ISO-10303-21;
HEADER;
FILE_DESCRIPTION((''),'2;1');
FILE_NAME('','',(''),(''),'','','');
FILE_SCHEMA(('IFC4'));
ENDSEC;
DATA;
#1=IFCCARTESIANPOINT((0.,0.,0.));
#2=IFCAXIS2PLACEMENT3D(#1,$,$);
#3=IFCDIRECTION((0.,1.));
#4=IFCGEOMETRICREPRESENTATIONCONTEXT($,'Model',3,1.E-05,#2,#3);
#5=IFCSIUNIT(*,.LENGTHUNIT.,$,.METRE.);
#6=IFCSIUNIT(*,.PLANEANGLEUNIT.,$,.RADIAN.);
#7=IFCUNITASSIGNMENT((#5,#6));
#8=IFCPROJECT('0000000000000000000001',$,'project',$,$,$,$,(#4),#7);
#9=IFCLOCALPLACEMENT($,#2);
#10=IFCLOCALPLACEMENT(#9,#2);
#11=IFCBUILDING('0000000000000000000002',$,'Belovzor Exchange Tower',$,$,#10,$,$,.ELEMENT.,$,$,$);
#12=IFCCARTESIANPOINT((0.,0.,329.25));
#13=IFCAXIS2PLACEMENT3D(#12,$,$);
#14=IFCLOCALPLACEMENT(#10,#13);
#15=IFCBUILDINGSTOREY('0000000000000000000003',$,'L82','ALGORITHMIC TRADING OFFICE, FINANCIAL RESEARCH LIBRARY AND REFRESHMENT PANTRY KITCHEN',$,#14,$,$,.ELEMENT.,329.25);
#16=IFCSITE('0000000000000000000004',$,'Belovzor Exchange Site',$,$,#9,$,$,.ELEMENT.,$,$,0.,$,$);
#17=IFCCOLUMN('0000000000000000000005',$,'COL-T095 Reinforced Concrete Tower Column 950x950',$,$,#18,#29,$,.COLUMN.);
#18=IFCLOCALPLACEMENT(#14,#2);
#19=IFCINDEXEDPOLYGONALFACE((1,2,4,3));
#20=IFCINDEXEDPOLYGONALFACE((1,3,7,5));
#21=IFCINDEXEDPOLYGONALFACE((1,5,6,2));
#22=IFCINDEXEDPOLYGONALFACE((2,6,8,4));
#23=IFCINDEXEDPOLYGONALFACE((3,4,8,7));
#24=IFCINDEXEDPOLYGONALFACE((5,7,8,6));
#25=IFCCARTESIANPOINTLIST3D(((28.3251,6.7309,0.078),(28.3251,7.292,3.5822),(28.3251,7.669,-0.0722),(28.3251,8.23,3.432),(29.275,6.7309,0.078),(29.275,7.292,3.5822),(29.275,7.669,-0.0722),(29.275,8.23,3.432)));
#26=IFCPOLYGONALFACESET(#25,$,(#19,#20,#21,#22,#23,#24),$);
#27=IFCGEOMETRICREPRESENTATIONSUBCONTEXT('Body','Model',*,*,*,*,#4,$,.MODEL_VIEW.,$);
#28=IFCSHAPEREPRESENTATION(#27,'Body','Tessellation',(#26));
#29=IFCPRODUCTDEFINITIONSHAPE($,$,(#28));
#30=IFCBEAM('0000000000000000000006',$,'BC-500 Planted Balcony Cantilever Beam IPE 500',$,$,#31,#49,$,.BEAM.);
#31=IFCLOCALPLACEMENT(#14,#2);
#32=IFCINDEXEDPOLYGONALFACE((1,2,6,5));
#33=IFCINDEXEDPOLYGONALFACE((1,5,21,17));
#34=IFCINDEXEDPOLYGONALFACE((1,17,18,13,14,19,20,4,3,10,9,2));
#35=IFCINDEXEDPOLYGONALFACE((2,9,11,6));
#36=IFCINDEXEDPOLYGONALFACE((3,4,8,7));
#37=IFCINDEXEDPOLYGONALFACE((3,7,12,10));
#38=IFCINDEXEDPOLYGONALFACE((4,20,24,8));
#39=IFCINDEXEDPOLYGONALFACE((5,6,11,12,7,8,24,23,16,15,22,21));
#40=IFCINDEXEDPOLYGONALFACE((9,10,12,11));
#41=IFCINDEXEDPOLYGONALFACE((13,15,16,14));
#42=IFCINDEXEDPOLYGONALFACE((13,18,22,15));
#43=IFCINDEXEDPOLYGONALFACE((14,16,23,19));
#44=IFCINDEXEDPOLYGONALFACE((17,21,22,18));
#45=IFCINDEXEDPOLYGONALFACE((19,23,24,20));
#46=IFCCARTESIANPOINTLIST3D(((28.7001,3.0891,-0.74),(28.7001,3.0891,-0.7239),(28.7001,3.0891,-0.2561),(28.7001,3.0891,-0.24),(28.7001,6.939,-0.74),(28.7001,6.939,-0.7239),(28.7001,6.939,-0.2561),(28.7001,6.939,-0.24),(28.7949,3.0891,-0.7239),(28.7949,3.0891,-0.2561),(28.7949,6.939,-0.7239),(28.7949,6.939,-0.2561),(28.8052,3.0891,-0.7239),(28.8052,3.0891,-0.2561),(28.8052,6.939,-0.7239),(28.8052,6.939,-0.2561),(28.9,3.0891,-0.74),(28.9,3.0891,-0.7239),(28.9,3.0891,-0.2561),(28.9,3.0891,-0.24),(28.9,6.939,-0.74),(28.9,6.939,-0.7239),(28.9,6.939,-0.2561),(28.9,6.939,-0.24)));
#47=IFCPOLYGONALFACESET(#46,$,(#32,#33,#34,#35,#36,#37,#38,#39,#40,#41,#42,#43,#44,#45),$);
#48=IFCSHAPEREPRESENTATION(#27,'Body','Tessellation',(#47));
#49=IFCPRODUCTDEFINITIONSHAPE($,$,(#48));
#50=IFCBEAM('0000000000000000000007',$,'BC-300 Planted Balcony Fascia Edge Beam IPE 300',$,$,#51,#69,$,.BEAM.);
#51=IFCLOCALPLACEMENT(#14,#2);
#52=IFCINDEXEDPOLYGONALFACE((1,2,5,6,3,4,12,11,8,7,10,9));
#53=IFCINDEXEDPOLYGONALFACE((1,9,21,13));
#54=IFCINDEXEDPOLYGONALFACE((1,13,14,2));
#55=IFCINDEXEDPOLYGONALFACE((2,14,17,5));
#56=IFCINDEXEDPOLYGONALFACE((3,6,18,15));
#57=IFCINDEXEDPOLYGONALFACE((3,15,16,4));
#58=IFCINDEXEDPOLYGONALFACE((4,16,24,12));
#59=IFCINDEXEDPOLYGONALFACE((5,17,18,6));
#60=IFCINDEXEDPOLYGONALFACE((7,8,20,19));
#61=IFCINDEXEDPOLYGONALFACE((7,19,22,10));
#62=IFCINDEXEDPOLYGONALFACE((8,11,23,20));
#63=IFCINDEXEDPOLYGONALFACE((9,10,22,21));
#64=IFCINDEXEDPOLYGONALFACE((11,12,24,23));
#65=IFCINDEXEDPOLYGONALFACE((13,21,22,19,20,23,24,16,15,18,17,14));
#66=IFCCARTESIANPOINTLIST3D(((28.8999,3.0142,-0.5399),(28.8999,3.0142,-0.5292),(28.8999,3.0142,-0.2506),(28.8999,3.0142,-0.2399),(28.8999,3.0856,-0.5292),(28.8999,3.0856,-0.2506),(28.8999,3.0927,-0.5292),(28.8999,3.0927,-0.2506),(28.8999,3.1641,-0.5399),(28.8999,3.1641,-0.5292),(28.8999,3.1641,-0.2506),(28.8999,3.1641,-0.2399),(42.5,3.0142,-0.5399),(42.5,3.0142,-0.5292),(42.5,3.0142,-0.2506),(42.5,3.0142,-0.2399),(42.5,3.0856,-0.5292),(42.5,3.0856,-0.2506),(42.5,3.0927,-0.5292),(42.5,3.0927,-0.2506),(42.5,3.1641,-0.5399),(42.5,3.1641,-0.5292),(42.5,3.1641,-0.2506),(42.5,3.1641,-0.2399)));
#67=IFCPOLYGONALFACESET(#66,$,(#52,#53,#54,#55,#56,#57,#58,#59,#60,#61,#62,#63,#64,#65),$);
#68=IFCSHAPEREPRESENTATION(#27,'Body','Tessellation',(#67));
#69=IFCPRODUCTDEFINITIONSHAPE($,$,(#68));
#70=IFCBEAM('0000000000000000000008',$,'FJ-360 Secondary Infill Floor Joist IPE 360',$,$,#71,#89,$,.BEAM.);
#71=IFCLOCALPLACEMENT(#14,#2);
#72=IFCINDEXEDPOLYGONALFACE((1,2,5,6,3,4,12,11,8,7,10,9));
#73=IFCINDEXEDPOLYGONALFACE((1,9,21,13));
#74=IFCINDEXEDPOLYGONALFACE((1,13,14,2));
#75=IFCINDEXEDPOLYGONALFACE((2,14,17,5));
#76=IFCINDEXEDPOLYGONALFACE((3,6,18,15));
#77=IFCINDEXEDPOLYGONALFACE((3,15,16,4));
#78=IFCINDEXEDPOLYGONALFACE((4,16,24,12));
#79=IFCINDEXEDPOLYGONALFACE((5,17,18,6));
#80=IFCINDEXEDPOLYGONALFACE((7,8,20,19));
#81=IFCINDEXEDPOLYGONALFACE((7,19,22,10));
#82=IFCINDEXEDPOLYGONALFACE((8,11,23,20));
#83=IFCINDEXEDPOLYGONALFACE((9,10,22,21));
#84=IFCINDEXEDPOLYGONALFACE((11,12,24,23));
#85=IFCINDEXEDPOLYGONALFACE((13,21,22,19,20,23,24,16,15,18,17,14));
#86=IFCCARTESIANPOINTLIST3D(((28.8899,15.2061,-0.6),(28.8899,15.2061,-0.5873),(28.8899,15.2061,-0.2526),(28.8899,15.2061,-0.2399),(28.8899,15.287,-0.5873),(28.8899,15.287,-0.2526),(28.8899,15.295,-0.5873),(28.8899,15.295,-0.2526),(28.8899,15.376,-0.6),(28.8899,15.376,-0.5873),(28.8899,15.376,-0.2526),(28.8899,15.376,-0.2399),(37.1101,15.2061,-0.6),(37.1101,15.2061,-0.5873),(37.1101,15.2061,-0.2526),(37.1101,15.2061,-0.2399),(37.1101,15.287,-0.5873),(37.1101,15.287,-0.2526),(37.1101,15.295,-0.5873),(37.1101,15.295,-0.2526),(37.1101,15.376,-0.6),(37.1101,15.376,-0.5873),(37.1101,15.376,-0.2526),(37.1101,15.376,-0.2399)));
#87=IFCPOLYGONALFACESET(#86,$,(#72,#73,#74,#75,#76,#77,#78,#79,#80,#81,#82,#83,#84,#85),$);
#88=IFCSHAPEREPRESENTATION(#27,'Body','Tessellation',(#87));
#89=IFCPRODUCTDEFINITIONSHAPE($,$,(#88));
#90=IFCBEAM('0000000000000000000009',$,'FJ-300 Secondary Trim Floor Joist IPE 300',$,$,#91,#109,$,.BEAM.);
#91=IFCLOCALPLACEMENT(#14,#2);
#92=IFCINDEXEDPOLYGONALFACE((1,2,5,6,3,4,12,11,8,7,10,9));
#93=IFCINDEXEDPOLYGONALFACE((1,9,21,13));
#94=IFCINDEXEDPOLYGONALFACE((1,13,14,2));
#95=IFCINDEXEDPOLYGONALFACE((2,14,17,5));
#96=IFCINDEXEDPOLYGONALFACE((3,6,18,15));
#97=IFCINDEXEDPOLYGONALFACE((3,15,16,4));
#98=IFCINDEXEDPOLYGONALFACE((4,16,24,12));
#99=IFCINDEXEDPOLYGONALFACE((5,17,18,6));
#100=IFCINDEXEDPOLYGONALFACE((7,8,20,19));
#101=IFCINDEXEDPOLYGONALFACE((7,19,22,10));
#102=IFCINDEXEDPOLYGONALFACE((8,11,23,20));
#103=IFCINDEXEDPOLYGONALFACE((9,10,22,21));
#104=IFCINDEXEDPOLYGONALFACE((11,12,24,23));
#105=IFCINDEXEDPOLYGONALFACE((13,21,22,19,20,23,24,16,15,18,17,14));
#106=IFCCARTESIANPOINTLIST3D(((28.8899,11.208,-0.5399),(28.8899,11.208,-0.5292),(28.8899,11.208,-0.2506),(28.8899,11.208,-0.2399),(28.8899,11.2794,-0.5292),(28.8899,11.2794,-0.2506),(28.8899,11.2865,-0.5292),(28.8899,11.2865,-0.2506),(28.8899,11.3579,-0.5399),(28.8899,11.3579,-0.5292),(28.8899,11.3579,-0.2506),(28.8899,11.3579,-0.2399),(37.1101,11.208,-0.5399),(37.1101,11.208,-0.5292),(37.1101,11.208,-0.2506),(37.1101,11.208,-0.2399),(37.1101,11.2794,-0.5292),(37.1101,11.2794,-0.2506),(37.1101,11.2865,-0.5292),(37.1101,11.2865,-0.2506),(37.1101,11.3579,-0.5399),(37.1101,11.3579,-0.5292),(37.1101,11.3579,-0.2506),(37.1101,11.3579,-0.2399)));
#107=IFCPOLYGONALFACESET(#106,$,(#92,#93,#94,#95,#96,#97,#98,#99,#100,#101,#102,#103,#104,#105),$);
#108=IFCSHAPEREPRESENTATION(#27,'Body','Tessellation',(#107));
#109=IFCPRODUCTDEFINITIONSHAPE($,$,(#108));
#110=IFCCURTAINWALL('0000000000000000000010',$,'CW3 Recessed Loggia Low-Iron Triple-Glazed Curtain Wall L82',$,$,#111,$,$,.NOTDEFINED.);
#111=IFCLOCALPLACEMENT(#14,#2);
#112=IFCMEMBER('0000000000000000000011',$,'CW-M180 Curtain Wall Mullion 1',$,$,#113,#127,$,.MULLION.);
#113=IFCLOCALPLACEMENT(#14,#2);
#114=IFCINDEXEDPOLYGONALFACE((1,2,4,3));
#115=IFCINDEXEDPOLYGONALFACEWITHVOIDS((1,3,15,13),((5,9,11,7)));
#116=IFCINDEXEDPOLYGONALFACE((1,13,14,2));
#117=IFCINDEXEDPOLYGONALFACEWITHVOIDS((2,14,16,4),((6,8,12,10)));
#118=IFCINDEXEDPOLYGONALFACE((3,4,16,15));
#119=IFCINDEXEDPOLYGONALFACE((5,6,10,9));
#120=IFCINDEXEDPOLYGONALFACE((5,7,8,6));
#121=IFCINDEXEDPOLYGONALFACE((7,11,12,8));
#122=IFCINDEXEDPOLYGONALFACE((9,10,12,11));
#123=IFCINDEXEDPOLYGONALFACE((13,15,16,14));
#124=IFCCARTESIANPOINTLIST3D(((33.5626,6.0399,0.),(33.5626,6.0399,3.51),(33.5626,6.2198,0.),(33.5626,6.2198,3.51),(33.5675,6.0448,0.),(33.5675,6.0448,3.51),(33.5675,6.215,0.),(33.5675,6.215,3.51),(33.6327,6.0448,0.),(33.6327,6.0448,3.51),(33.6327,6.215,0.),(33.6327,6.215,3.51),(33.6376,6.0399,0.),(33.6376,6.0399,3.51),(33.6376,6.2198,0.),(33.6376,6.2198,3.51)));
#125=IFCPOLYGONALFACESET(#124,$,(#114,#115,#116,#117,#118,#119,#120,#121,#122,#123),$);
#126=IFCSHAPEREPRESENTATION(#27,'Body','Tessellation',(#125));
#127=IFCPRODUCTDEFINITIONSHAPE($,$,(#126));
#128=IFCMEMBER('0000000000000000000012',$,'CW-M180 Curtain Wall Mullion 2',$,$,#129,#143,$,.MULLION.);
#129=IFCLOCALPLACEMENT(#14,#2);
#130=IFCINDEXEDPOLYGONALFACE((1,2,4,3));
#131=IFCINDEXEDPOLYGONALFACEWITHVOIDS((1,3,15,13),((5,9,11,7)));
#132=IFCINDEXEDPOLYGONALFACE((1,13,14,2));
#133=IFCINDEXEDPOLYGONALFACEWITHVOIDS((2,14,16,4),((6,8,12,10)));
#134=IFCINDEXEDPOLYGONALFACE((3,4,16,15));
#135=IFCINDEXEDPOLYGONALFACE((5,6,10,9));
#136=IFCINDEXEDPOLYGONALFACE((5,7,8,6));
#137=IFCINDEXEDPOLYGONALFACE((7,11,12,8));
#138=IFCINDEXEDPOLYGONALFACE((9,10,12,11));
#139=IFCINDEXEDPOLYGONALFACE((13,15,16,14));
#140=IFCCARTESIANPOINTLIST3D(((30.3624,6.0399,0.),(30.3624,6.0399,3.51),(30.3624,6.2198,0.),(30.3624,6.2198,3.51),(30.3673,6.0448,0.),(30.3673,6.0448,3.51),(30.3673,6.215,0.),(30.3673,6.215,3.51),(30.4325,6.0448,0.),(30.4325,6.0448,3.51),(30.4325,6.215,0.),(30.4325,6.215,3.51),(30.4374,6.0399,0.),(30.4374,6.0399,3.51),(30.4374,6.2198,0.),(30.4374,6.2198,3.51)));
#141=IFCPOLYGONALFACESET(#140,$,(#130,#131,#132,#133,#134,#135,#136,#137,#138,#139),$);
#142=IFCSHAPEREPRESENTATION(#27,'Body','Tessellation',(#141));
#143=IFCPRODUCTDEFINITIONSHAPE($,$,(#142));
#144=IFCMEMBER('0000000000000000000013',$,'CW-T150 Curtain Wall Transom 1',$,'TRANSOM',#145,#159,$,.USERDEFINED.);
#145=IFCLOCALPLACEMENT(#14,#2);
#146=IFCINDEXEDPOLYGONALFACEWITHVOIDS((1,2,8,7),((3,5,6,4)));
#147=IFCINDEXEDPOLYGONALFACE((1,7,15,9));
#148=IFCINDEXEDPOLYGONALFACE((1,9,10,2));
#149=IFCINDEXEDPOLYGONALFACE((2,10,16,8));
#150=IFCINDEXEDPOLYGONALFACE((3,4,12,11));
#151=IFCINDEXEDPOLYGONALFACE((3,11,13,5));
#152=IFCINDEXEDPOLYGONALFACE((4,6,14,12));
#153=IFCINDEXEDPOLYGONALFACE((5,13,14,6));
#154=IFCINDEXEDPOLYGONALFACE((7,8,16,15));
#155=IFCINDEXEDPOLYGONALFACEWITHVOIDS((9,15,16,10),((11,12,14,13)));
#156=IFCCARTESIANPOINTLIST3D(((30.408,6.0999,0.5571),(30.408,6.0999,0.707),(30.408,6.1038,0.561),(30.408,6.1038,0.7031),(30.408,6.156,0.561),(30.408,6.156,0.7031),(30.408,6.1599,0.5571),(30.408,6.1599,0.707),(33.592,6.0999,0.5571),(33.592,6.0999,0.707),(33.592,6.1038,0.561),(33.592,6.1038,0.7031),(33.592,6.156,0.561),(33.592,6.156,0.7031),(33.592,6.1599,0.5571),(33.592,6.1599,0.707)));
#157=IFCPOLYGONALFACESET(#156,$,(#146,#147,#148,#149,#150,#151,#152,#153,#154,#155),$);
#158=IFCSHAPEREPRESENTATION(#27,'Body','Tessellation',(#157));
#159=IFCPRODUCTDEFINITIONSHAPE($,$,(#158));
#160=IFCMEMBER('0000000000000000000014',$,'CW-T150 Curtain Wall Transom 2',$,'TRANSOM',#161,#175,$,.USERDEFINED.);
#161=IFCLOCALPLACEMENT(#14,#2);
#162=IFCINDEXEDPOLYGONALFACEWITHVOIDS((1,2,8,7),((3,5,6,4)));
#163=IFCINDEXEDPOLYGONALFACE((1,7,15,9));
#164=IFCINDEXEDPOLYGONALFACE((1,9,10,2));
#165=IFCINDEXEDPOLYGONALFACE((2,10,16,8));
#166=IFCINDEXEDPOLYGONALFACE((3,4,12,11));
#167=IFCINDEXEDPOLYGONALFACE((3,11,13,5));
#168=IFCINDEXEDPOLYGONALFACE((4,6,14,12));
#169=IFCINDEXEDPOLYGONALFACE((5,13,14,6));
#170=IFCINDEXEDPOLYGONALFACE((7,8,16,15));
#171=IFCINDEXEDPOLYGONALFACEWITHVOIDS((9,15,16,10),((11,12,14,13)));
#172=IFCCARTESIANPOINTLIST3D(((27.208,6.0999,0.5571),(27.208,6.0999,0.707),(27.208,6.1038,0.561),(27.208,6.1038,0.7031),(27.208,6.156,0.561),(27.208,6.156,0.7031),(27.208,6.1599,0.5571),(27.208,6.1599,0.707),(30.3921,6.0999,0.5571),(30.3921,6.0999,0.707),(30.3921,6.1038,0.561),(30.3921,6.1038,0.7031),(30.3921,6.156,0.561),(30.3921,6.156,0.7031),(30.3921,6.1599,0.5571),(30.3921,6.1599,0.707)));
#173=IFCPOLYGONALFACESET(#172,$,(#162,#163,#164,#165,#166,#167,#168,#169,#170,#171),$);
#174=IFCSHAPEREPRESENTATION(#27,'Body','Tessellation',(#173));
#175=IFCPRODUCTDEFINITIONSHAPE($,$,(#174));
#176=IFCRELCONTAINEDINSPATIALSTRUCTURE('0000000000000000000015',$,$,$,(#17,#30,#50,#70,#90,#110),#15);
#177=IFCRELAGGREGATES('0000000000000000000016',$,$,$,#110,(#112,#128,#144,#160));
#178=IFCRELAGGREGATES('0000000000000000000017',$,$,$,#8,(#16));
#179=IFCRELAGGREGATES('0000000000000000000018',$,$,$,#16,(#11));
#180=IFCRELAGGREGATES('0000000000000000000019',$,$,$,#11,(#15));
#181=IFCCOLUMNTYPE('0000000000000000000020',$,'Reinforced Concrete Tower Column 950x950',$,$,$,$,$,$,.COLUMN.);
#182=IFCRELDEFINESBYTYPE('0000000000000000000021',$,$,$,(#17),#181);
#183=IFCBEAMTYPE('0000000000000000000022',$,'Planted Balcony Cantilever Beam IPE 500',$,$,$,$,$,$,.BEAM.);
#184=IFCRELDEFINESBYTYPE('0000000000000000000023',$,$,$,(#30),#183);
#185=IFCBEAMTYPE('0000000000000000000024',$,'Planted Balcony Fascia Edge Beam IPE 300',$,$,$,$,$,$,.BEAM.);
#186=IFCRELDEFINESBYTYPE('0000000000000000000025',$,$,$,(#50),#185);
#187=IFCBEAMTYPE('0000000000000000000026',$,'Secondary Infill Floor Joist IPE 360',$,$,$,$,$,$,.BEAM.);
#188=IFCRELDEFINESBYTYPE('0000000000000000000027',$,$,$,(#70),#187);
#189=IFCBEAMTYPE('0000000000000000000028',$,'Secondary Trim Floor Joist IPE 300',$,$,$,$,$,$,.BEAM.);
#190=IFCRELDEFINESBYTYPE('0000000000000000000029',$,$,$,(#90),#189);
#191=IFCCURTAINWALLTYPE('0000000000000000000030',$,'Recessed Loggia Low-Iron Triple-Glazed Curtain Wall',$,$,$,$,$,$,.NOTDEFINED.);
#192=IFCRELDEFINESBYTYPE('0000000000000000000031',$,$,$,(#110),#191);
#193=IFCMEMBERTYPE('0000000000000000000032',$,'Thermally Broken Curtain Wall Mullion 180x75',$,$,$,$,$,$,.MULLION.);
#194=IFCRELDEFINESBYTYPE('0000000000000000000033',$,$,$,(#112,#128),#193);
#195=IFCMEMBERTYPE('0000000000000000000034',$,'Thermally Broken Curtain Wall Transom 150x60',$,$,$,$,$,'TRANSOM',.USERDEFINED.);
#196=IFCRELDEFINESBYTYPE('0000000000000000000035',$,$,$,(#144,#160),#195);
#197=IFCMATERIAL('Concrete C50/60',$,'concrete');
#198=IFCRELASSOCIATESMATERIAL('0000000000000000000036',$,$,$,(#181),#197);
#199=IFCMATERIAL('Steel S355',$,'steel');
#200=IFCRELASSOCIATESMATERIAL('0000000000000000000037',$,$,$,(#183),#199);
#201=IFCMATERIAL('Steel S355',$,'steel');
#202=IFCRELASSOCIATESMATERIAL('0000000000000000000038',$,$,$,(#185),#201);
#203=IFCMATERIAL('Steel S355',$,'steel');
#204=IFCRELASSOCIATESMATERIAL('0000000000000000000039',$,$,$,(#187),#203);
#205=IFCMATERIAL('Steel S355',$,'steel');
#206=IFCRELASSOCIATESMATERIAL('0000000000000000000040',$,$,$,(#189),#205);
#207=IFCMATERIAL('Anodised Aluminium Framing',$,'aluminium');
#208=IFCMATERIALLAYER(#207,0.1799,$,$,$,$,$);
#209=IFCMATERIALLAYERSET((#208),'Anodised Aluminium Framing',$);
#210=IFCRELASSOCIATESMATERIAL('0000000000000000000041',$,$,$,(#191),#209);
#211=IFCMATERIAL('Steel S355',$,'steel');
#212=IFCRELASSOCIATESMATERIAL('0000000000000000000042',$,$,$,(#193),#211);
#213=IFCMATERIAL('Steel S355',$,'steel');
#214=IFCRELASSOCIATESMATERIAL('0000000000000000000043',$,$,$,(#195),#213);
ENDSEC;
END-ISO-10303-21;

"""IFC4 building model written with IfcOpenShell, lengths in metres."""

from ifc_helpers import new_model, si_unit, direction, frame, origin, origin_2d, place, context, subcontext, project, spatial, rectangle, hollow_rectangle, i_section, extrude, material, layer, layer_set, material_profile, profile_set, type_object, element, aggregate, save


model = new_model("IFC4")

# Units and contexts
model_context = context("Model", 3, precision=1e-05, world=origin(), true_north=direction((0.0, 1.0)))
body_context = subcontext(model_context, "Body", "Model", "MODEL_VIEW")
ifc_project = project(units=[si_unit("LENGTHUNIT", "METRE"), si_unit("PLANEANGLEUNIT", "RADIAN")], contexts=[model_context])

# Site, building, storey
site_placement = place(None, origin())
site = spatial("IfcSite", under=ifc_project, at=site_placement, Name="Belovzor Exchange Site", CompositionType="ELEMENT", RefElevation=0.0)
building_placement = place(site_placement, origin())
building = spatial("IfcBuilding", under=site, at=building_placement, Name="Belovzor Exchange Tower", CompositionType="ELEMENT")
storey_placement = place(building_placement, frame((0.0, 0.0, 329.25)))
storey = spatial("IfcBuildingStorey", under=building, at=storey_placement, Name="L82", Description="ALGORITHMIC TRADING OFFICE, FINANCIAL RESEARCH LIBRARY AND REFRESHMENT PANTRY KITCHEN", CompositionType="ELEMENT", Elevation=329.25)

# Column
ifc_material_1 = material(Name="Concrete C50/60", Category="concrete")
ifc_material_profile_1 = material_profile(ifc_material_1, rectangle(XDim=0.95, YDim=0.95, at=origin_2d()))
ifc_profile_set_1 = profile_set([ifc_material_profile_1], Name="Concrete C50/60")
column_type = type_object("IfcColumnType", Name="Reinforced Concrete Tower Column 950x950", PredefinedType="COLUMN", material=ifc_profile_set_1)
column_placement = place(storey_placement, frame((28.8, 7.2, 0.0029), z_axis=(0.0, 0.158092, 0.987424), x_axis=(-1.0, 0.0, 0.0)))
element("IfcColumn", 1, at=column_placement, inside=storey, type_object=column_type, Name="COL-T095 Reinforced Concrete Tower Column 950x950", PredefinedType="COLUMN", context=body_context, shape_type="SweptSolid", body=[
    extrude(rectangle(XDim=0.95, YDim=0.95, at=origin_2d()), origin(), (0.0, 0.0, 1.0), 3.5488),
])

# Beams
ifc_material_2 = material(Name="Steel S355", Category="steel")
ifc_material_profile_2 = material_profile(ifc_material_2, i_section(OverallWidth=0.2, OverallDepth=0.5, WebThickness=0.0103, FlangeThickness=0.0161, at=origin_2d()))
ifc_profile_set_2 = profile_set([ifc_material_profile_2], Name="Steel S355")
beam_type_1 = type_object("IfcBeamType", Name="Planted Balcony Cantilever Beam IPE 500", PredefinedType="BEAM", material=ifc_profile_set_2)
beam_1_placement = place(storey_placement, frame((28.8, 6.939, -0.49), z_axis=(0.0, -1.0, 0.0), x_axis=(1.0, 0.0, 0.0)))
element("IfcBeam", 2, at=beam_1_placement, inside=storey, type_object=beam_type_1, Name="BC-500 Planted Balcony Cantilever Beam IPE 500", PredefinedType="BEAM", context=body_context, shape_type="SweptSolid", body=[
    extrude(i_section(OverallWidth=0.2, OverallDepth=0.5, WebThickness=0.0103, FlangeThickness=0.0161, at=origin_2d()), origin(), (0.0, 0.0, 1.0), 3.8499),
])
ifc_material_3 = material(Name="Steel S355", Category="steel")
ifc_material_profile_3 = material_profile(ifc_material_3, i_section(OverallWidth=0.1499, OverallDepth=0.3, WebThickness=0.0071, FlangeThickness=0.0107, at=origin_2d()))
ifc_profile_set_3 = profile_set([ifc_material_profile_3], Name="Steel S355")
beam_type_2 = type_object("IfcBeamType", Name="Planted Balcony Fascia Edge Beam IPE 300", PredefinedType="BEAM", material=ifc_profile_set_3)
beam_2_placement = place(storey_placement, frame((28.8999, 3.0891, -0.3899), z_axis=(1.0, 0.0, 0.0), x_axis=(0.0, 1.0, 0.0)))
element("IfcBeam", 3, at=beam_2_placement, inside=storey, type_object=beam_type_2, Name="BC-300 Planted Balcony Fascia Edge Beam IPE 300", PredefinedType="BEAM", context=body_context, shape_type="SweptSolid", body=[
    extrude(i_section(OverallWidth=0.1499, OverallDepth=0.3, WebThickness=0.0071, FlangeThickness=0.0107, at=origin_2d()), origin(), (0.0, 0.0, 1.0), 13.6001),
])
ifc_material_4 = material(Name="Steel S355", Category="steel")
ifc_material_profile_4 = material_profile(ifc_material_4, i_section(OverallWidth=0.1699, OverallDepth=0.3601, WebThickness=0.0081, FlangeThickness=0.0127, at=origin_2d()))
ifc_profile_set_4 = profile_set([ifc_material_profile_4], Name="Steel S355")
beam_type_3 = type_object("IfcBeamType", Name="Secondary Infill Floor Joist IPE 360", PredefinedType="BEAM", material=ifc_profile_set_4)
beam_3_placement = place(storey_placement, frame((28.8899, 15.291, -0.4199), z_axis=(1.0, 0.0, 0.0), x_axis=(0.0, 1.0, 0.0)))
element("IfcBeam", 4, at=beam_3_placement, inside=storey, type_object=beam_type_3, Name="FJ-360 Secondary Infill Floor Joist IPE 360", PredefinedType="BEAM", context=body_context, shape_type="SweptSolid", body=[
    extrude(i_section(OverallWidth=0.1699, OverallDepth=0.3601, WebThickness=0.0081, FlangeThickness=0.0127, at=origin_2d()), origin(), (0.0, 0.0, 1.0), 8.2202),
])
ifc_material_5 = material(Name="Steel S355", Category="steel")
ifc_material_profile_5 = material_profile(ifc_material_5, i_section(OverallWidth=0.1499, OverallDepth=0.3, WebThickness=0.0071, FlangeThickness=0.0107, at=origin_2d()))
ifc_profile_set_5 = profile_set([ifc_material_profile_5], Name="Steel S355")
beam_type_4 = type_object("IfcBeamType", Name="Secondary Trim Floor Joist IPE 300", PredefinedType="BEAM", material=ifc_profile_set_5)
beam_4_placement = place(storey_placement, frame((28.8899, 11.283, -0.3899), z_axis=(1.0, 0.0, 0.0), x_axis=(0.0, 1.0, 0.0)))
element("IfcBeam", 5, at=beam_4_placement, inside=storey, type_object=beam_type_4, Name="FJ-300 Secondary Trim Floor Joist IPE 300", PredefinedType="BEAM", context=body_context, shape_type="SweptSolid", body=[
    extrude(i_section(OverallWidth=0.1499, OverallDepth=0.3, WebThickness=0.0071, FlangeThickness=0.0107, at=origin_2d()), origin(), (0.0, 0.0, 1.0), 8.2202),
])

# Curtain wall, members
ifc_material_6 = material(Name="Anodised Aluminium Framing", Category="aluminium")
ifc_layer_1 = layer(ifc_material_6, 0.1799)
ifc_layer_set_1 = layer_set([ifc_layer_1], Name="Anodised Aluminium Framing")
curtain_wall_type = type_object("IfcCurtainWallType", Name="Recessed Loggia Low-Iron Triple-Glazed Curtain Wall", PredefinedType="NOTDEFINED", material=ifc_layer_set_1)
curtain_wall_placement = place(storey_placement, origin())
curtain_wall = element("IfcCurtainWall", 6, at=curtain_wall_placement, inside=storey, type_object=curtain_wall_type, Name="CW3 Recessed Loggia Low-Iron Triple-Glazed Curtain Wall L82", PredefinedType="NOTDEFINED")
ifc_material_7 = material(Name="Steel S355", Category="steel")
ifc_material_profile_6 = material_profile(ifc_material_7, hollow_rectangle(XDim=0.075, YDim=0.1799, WallThickness=0.0049, at=origin_2d()))
ifc_profile_set_6 = profile_set([ifc_material_profile_6], Name="Steel S355")
member_type_1 = type_object("IfcMemberType", Name="Thermally Broken Curtain Wall Mullion 180x75", PredefinedType="MULLION", material=ifc_profile_set_6)
member_1_placement = place(storey_placement, frame((33.6001, 6.1299, 0.0), z_axis=(0.0, 0.0, 1.0), x_axis=(-1.0, 0.0, 0.0)))
member_1 = element("IfcMember", 7, at=member_1_placement, type_object=member_type_1, Name="CW-M180 Curtain Wall Mullion 1", PredefinedType="MULLION", context=body_context, shape_type="SweptSolid", body=[
    extrude(hollow_rectangle(XDim=0.075, YDim=0.1799, WallThickness=0.0049, at=origin_2d()), origin(), (0.0, 0.0, 1.0), 3.51),
])
member_2_placement = place(storey_placement, frame((30.3999, 6.1299, 0.0), z_axis=(0.0, 0.0, 1.0), x_axis=(-1.0, 0.0, 0.0)))
member_2 = element("IfcMember", 8, at=member_2_placement, type_object=member_type_1, Name="CW-M180 Curtain Wall Mullion 2", PredefinedType="MULLION", context=body_context, shape_type="SweptSolid", body=[
    extrude(hollow_rectangle(XDim=0.075, YDim=0.1799, WallThickness=0.0049, at=origin_2d()), origin(), (0.0, 0.0, 1.0), 3.51),
])
ifc_material_8 = material(Name="Steel S355", Category="steel")
ifc_material_profile_7 = material_profile(ifc_material_8, hollow_rectangle(XDim=0.0601, YDim=0.1499, WallThickness=0.0039, at=origin_2d()))
ifc_profile_set_7 = profile_set([ifc_material_profile_7], Name="Steel S355")
member_type_2 = type_object("IfcMemberType", Name="Thermally Broken Curtain Wall Transom 150x60", ElementType="TRANSOM", PredefinedType="USERDEFINED", material=ifc_profile_set_7)
member_3_placement = place(storey_placement, frame((33.592, 6.1299, 0.6321), z_axis=(-1.0, 0.0, 0.0), x_axis=(0.0, -1.0, 0.0)))
member_3 = element("IfcMember", 9, at=member_3_placement, type_object=member_type_2, Name="CW-T150 Curtain Wall Transom 1", ObjectType="TRANSOM", PredefinedType="USERDEFINED", context=body_context, shape_type="SweptSolid", body=[
    extrude(hollow_rectangle(XDim=0.0601, YDim=0.1499, WallThickness=0.0039, at=origin_2d()), origin(), (0.0, 0.0, 1.0), 3.1841),
])
member_4_placement = place(storey_placement, frame((30.3921, 6.1299, 0.6321), z_axis=(-1.0, 0.0, 0.0), x_axis=(0.0, -1.0, 0.0)))
member_4 = element("IfcMember", 10, at=member_4_placement, type_object=member_type_2, Name="CW-T150 Curtain Wall Transom 2", ObjectType="TRANSOM", PredefinedType="USERDEFINED", context=body_context, shape_type="SweptSolid", body=[
    extrude(hollow_rectangle(XDim=0.0601, YDim=0.1499, WallThickness=0.0039, at=origin_2d()), origin(), (0.0, 0.0, 1.0), 3.1841),
])

aggregate(curtain_wall, [member_1, member_2, member_3, member_4])

save(model, "model.ifc")
